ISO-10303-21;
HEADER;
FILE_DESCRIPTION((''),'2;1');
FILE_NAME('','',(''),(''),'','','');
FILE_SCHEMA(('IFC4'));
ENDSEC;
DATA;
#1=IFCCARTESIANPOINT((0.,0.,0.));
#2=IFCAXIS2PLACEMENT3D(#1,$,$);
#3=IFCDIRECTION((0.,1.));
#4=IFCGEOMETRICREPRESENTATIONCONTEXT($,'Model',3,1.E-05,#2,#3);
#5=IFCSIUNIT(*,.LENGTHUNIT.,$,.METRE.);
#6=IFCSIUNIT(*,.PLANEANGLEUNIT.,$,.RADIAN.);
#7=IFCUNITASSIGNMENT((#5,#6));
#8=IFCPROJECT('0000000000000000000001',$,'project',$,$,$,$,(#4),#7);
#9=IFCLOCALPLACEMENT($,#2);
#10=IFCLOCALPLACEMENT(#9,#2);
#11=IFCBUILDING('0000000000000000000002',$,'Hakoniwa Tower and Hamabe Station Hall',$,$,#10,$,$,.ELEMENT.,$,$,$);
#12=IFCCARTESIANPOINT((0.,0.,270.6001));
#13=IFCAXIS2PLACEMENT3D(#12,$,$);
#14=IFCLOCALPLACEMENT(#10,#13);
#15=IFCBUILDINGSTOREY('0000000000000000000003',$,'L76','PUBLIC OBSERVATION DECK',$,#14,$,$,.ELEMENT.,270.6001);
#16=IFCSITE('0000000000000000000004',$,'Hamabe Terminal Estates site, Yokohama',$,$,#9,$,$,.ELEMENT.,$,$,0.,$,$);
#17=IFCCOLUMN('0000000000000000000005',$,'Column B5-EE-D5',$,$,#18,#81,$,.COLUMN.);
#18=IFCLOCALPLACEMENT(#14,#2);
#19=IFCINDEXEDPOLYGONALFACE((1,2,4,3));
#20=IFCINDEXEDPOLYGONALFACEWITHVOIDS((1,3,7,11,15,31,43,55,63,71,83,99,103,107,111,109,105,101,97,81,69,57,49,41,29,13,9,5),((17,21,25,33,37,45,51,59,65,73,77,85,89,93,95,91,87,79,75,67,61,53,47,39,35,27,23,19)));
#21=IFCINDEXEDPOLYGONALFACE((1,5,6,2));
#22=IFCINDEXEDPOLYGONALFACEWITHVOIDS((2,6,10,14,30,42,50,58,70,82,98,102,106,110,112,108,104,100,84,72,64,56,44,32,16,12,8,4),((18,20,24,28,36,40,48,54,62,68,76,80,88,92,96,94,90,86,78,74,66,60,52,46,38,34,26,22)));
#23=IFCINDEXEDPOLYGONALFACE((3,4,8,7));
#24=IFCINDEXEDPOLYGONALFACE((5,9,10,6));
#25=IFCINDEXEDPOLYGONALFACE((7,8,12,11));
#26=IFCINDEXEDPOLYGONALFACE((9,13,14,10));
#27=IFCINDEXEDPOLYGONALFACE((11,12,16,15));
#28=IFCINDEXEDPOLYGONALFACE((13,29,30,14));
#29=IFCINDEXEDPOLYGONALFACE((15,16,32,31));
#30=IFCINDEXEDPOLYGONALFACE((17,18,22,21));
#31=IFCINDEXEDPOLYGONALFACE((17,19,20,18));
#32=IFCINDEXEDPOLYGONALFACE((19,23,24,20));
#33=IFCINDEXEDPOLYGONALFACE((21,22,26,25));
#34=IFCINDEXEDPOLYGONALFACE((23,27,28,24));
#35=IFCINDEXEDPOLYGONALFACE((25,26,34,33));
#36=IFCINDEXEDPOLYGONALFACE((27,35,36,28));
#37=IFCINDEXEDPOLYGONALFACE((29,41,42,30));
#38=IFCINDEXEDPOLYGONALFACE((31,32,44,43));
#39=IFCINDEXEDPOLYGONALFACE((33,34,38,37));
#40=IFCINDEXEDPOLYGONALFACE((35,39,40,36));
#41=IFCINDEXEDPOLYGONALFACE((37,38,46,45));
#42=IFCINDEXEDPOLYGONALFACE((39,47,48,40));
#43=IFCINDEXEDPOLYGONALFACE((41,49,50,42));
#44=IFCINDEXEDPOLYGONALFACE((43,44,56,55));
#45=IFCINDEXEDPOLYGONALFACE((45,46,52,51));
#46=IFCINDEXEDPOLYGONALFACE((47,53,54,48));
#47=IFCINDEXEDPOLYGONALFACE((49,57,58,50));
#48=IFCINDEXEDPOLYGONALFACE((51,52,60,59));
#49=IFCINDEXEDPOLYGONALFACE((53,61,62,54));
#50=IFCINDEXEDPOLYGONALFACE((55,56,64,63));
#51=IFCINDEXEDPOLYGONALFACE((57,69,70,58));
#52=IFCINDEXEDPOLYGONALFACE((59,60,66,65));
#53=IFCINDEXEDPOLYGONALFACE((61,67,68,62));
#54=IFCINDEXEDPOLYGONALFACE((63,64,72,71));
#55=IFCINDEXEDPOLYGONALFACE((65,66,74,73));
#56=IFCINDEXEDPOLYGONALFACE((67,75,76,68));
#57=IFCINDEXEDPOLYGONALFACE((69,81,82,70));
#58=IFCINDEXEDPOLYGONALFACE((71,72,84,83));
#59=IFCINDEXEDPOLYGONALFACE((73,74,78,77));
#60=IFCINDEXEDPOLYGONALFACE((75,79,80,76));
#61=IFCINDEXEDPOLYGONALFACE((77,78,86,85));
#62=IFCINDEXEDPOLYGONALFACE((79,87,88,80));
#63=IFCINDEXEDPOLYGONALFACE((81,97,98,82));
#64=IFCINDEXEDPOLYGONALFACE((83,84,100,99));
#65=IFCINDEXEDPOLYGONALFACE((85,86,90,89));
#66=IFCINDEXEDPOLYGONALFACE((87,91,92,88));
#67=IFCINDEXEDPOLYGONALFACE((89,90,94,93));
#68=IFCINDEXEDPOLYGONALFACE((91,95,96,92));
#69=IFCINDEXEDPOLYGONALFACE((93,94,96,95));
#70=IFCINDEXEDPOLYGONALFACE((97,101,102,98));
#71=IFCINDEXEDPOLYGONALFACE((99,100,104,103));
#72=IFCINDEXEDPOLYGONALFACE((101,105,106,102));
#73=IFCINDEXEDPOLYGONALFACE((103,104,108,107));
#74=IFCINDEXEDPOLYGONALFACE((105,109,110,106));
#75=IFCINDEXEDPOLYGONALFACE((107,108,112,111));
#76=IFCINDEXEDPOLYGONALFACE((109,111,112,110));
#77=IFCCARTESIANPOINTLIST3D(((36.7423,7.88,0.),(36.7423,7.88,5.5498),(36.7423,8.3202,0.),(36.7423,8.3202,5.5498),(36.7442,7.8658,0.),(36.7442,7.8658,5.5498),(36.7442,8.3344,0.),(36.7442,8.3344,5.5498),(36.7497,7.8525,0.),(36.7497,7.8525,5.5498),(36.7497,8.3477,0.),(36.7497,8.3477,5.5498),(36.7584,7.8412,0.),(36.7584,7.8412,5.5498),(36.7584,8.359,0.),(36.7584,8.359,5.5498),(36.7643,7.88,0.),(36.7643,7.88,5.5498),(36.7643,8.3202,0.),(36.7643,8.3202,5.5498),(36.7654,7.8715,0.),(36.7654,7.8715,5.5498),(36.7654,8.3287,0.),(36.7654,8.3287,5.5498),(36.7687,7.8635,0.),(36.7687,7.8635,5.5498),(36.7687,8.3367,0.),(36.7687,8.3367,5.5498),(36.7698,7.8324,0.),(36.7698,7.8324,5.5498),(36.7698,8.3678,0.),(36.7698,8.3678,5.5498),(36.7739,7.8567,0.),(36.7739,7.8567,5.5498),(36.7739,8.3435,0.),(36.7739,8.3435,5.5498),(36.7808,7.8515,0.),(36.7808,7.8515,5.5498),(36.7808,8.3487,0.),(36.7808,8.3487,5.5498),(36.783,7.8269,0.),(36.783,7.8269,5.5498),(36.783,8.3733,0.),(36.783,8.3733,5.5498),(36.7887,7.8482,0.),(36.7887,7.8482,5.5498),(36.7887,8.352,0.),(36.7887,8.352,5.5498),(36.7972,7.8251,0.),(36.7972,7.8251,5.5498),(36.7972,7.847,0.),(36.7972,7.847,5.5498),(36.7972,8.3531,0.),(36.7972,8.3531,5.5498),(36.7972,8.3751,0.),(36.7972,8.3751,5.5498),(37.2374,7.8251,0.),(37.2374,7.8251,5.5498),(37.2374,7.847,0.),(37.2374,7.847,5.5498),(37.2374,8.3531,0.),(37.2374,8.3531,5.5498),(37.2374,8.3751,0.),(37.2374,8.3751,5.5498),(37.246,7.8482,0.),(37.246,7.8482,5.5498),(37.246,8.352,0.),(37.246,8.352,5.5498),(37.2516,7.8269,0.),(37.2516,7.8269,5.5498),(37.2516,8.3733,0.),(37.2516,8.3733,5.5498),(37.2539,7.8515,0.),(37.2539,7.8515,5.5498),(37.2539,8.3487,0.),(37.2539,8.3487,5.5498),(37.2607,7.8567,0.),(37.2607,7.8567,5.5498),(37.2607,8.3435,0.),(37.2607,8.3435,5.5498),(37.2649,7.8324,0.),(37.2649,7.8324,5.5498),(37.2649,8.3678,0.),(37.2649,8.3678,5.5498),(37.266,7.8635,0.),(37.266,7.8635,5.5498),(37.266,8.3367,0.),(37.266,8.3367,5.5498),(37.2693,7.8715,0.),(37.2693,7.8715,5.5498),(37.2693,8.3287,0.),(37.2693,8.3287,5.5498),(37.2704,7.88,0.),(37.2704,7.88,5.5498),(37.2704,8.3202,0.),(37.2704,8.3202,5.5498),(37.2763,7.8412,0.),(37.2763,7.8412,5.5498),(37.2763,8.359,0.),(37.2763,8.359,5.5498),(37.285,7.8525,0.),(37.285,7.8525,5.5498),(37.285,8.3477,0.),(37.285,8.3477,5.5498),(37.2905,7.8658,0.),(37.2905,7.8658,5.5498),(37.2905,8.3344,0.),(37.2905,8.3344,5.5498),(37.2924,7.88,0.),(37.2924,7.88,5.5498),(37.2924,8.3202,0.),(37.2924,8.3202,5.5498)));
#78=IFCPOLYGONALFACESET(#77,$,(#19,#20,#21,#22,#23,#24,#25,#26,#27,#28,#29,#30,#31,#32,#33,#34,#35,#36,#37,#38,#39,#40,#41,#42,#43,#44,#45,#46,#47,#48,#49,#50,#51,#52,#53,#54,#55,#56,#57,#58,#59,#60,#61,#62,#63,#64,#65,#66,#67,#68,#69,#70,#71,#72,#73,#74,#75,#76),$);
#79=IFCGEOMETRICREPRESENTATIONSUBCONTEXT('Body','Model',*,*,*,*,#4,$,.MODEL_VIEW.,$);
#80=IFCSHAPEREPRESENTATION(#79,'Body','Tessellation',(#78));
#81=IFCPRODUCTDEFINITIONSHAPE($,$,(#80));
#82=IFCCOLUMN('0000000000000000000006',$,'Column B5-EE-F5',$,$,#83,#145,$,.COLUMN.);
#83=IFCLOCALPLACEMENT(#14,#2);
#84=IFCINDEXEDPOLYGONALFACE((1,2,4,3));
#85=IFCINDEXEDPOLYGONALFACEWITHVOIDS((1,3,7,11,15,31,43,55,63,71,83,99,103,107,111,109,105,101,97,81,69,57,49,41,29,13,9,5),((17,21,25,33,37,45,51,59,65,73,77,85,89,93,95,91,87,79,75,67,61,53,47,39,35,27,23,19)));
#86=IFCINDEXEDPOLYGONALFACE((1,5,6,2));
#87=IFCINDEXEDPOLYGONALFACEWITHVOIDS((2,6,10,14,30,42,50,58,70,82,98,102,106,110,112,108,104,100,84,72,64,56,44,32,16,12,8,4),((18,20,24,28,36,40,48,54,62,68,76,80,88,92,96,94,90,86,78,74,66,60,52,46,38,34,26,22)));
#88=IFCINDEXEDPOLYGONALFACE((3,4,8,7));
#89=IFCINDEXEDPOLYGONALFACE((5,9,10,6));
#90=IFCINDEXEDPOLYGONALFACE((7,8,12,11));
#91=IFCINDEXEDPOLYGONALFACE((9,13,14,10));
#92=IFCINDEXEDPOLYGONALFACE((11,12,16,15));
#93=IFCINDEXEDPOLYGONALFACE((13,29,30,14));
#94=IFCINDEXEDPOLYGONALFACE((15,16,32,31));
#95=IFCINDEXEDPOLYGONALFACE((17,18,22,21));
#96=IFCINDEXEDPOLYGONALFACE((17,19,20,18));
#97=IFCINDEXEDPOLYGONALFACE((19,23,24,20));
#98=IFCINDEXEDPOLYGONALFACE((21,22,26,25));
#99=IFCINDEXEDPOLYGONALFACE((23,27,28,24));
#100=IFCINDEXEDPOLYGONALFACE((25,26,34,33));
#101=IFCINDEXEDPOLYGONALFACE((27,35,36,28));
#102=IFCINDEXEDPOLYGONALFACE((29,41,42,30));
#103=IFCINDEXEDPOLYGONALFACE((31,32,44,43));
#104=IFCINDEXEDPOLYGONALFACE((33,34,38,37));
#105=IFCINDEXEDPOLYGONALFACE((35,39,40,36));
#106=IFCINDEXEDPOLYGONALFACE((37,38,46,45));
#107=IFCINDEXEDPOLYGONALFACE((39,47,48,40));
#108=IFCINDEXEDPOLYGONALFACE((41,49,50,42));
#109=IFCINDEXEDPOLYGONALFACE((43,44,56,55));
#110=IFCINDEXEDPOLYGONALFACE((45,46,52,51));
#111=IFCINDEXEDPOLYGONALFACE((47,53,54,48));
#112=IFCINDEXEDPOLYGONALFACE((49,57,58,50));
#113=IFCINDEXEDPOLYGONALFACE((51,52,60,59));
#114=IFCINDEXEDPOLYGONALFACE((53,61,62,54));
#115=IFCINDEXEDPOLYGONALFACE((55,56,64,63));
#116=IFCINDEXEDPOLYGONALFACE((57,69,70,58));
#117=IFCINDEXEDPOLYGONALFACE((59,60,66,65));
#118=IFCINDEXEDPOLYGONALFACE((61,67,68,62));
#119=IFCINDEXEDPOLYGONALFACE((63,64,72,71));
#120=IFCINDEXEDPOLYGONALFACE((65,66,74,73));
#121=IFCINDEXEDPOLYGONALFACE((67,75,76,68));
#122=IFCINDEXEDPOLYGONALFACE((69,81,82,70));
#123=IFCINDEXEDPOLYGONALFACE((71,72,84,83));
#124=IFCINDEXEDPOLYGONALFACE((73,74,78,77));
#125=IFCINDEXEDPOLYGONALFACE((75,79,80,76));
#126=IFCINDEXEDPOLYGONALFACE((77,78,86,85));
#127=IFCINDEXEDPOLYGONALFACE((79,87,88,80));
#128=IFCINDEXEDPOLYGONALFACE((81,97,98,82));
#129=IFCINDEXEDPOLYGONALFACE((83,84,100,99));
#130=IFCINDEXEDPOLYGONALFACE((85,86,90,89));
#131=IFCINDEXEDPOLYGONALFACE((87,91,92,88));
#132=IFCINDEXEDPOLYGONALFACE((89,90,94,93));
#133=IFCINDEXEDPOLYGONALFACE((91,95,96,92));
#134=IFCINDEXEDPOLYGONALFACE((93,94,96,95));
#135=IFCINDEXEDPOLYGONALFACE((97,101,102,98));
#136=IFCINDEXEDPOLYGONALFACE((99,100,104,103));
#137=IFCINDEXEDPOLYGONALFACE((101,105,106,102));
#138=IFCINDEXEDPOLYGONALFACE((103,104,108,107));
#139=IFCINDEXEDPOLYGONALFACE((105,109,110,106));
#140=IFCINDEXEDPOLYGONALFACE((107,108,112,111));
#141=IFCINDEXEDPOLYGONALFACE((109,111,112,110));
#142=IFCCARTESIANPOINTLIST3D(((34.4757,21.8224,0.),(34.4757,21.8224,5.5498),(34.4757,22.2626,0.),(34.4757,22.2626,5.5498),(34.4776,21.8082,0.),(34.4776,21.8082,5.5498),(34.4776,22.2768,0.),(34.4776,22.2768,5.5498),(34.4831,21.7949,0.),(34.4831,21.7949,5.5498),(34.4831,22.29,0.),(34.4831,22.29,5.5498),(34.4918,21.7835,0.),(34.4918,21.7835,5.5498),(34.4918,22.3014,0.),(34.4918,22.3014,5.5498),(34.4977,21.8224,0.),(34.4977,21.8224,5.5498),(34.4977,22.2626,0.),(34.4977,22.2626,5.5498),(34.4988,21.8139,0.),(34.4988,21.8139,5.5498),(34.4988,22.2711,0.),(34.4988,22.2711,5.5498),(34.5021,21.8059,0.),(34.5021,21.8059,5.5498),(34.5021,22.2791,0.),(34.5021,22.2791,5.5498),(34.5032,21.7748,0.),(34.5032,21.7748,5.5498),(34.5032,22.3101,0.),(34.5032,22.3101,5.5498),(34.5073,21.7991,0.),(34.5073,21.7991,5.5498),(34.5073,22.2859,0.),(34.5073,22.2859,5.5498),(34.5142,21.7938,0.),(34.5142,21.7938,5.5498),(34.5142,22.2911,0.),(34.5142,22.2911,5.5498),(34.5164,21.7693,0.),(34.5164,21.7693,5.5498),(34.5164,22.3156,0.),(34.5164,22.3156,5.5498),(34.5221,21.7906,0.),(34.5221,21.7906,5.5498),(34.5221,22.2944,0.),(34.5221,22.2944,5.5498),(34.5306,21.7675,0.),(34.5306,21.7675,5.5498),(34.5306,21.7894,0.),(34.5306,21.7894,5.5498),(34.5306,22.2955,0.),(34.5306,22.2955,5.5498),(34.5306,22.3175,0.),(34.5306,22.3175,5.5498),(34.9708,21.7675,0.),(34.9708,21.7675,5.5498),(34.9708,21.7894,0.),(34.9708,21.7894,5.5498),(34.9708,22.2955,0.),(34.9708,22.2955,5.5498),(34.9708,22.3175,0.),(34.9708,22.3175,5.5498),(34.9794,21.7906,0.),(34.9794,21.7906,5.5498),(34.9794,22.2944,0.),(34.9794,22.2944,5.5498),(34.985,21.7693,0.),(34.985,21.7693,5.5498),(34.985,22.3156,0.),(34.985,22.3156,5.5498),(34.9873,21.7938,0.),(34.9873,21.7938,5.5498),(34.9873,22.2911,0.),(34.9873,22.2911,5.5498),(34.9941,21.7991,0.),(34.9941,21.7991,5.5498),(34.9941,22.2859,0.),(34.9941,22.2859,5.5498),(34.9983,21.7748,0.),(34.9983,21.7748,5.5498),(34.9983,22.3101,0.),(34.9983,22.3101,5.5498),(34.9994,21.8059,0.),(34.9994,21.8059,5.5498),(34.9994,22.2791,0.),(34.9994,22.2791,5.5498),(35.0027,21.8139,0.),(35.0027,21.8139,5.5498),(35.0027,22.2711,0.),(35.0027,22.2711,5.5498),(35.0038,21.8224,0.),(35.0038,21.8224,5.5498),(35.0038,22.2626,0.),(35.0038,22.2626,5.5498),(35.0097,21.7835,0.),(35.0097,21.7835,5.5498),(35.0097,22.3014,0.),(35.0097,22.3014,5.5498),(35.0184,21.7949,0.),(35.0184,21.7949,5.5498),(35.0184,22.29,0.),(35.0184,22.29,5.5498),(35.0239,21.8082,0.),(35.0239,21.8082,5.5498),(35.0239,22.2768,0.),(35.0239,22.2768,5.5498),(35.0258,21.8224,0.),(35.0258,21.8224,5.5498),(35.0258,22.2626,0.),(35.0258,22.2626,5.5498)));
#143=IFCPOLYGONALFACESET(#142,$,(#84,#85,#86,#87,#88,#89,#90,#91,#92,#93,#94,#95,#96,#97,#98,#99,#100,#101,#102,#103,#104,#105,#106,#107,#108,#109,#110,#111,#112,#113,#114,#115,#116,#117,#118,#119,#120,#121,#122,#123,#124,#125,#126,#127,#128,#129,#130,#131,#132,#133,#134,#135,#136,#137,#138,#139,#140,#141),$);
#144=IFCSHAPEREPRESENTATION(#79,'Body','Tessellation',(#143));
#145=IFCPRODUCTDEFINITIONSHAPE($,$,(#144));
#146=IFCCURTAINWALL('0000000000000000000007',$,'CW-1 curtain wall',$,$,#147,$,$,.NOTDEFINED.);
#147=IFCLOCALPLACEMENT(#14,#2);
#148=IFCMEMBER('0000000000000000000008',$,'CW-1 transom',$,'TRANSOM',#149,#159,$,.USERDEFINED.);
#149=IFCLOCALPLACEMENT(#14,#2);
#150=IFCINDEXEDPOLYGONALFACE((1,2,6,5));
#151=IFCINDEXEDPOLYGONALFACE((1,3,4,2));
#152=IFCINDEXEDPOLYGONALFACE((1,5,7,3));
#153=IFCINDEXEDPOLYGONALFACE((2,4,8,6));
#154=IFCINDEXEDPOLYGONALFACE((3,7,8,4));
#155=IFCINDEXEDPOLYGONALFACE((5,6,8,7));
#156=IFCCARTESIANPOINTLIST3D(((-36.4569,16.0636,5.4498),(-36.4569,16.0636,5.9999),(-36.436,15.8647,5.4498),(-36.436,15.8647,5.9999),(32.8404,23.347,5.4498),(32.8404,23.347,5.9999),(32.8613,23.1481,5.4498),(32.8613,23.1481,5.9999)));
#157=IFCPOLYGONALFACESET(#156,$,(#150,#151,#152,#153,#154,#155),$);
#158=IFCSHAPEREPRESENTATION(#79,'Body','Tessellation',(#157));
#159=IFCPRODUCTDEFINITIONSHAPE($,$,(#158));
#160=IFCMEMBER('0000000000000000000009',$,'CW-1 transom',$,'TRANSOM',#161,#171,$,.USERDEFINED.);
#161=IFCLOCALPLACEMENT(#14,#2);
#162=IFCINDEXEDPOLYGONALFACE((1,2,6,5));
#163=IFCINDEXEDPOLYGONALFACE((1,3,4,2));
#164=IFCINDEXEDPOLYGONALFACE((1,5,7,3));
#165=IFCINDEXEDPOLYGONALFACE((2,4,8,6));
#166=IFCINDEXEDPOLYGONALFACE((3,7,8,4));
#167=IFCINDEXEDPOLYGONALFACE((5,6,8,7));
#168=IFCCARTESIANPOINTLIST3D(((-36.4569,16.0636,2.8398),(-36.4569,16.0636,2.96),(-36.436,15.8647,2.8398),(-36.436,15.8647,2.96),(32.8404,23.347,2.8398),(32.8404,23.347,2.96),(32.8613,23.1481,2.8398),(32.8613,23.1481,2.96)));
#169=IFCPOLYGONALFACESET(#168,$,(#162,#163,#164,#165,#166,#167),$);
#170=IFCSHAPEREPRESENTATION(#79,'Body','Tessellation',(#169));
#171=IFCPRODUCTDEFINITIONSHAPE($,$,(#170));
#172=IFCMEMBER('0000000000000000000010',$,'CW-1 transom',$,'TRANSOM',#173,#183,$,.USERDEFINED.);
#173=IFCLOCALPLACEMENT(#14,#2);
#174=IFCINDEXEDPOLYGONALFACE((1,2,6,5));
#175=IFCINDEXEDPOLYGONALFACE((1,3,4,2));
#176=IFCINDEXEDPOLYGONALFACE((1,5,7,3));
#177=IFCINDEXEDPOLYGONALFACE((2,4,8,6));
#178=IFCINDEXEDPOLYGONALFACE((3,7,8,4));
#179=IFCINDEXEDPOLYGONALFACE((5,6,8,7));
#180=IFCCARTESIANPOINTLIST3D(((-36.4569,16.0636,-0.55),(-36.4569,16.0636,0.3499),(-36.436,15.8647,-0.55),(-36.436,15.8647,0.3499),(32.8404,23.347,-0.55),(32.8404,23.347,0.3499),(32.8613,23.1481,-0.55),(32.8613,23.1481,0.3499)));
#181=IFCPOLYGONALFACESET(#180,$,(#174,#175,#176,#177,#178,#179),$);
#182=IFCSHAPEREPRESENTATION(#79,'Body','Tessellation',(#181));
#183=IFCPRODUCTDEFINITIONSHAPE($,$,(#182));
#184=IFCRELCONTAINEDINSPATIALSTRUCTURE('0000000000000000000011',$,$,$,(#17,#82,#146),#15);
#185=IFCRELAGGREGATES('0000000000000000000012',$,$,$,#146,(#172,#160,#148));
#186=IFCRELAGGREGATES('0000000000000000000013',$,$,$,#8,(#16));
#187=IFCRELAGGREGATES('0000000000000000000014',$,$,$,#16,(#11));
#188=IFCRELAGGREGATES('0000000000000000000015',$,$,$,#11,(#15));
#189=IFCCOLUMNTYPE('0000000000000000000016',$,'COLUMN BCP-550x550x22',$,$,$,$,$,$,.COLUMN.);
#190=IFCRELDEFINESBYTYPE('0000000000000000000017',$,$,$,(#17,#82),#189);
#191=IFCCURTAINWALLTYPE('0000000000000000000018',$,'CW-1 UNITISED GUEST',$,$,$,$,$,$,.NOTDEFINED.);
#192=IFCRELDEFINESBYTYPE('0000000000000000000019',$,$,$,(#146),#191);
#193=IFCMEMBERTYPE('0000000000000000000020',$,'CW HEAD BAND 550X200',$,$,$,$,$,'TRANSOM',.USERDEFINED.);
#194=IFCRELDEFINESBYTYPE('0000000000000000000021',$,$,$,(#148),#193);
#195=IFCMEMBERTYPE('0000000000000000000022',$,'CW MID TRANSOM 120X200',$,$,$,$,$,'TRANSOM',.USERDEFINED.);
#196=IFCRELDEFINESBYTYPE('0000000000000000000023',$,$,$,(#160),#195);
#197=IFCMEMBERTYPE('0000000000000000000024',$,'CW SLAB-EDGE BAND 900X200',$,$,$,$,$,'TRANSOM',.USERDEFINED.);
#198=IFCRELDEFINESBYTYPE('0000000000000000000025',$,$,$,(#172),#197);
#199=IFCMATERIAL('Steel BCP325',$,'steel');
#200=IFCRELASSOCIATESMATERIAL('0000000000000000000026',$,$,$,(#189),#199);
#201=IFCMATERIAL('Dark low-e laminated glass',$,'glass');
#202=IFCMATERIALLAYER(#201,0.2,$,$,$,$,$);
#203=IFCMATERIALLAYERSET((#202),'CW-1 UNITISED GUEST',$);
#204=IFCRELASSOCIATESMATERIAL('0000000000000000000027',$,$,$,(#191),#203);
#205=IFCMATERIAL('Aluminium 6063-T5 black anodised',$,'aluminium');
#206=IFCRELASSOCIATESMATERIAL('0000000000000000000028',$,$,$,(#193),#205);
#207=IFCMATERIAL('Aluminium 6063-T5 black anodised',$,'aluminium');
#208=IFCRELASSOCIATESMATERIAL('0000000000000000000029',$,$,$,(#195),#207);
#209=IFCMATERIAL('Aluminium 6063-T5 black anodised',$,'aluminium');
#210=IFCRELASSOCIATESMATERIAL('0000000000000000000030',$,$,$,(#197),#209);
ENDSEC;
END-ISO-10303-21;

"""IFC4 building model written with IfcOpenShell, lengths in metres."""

from ifc_helpers import new_model, si_unit, direction, frame, origin, origin_2d, place, context, subcontext, project, spatial, rectangle, hollow_rectangle, extrude, material, layer, layer_set, material_profile, profile_set, type_object, element, aggregate, save


model = new_model("IFC4")

# Units and contexts
model_context = context("Model", 3, precision=1e-05, world=origin(), true_north=direction((0.0, 1.0)))
body_context = subcontext(model_context, "Body", "Model", "MODEL_VIEW")
ifc_project = project(units=[si_unit("LENGTHUNIT", "METRE"), si_unit("PLANEANGLEUNIT", "RADIAN")], contexts=[model_context])

# Site, building, storey
site_placement = place(None, origin())
site = spatial("IfcSite", under=ifc_project, at=site_placement, Name="Hamabe Terminal Estates site, Yokohama", CompositionType="ELEMENT", RefElevation=0.0)
building_placement = place(site_placement, origin())
building = spatial("IfcBuilding", under=site, at=building_placement, Name="Hakoniwa Tower and Hamabe Station Hall", CompositionType="ELEMENT")
storey_placement = place(building_placement, frame((0.0, 0.0, 270.6001)))
storey = spatial("IfcBuildingStorey", under=building, at=storey_placement, Name="L76", Description="PUBLIC OBSERVATION DECK", CompositionType="ELEMENT", Elevation=270.6001)

# Columns
ifc_material_1 = material(Name="Steel BCP325", Category="steel")
ifc_material_profile_1 = material_profile(ifc_material_1, hollow_rectangle(XDim=0.55, YDim=0.55, WallThickness=0.022, InnerFilletRadius=0.033, OuterFilletRadius=0.0549, at=origin_2d()), Name="BCP-550x550x22")
ifc_profile_set_1 = profile_set([ifc_material_profile_1], Name="Steel BCP325")
column_type = type_object("IfcColumnType", Name="COLUMN BCP-550x550x22", PredefinedType="COLUMN", material=ifc_profile_set_1)
for number, where, z_axis, x_axis, name in (
    (1, (37.0173, 8.1001, 0.0), (0.0, 0.0, 1.0), (1.0, 0.0, 0.0), "Column B5-EE-D5"),
    (2, (34.7507, 22.0425, 0.0), (0.0, 0.0, 1.0), (1.0, 0.0, 0.0), "Column B5-EE-F5"),
):
    element("IfcColumn", number, at=place(storey_placement, frame(where, z_axis=z_axis, x_axis=x_axis)), inside=storey, type_object=column_type, Name=name, PredefinedType="COLUMN", context=body_context, shape_type="SweptSolid", body=[
        extrude(hollow_rectangle(XDim=0.55, YDim=0.55, WallThickness=0.022, InnerFilletRadius=0.033, OuterFilletRadius=0.0549, at=origin_2d()), origin(), (0.0, 0.0, 1.0), 5.5498),
    ])

# Curtain wall, members
ifc_material_2 = material(Name="Dark low-e laminated glass", Category="glass")
ifc_layer_1 = layer(ifc_material_2, 0.2)
ifc_layer_set_1 = layer_set([ifc_layer_1], Name="CW-1 UNITISED GUEST")
curtain_wall_type = type_object("IfcCurtainWallType", Name="CW-1 UNITISED GUEST", PredefinedType="NOTDEFINED", material=ifc_layer_set_1)
curtain_wall_1_placement = place(storey_placement, origin())
curtain_wall_1 = element("IfcCurtainWall", 3, at=curtain_wall_1_placement, inside=storey, type_object=curtain_wall_type, Name="CW-1 curtain wall", PredefinedType="NOTDEFINED")
ifc_material_3 = material(Name="Aluminium 6063-T5 black anodised", Category="aluminium")
ifc_material_profile_2 = material_profile(ifc_material_3, rectangle(XDim=0.2, YDim=0.55, at=origin_2d()), Name="CW HEAD BAND 550X200")
ifc_profile_set_2 = profile_set([ifc_material_profile_2], Name="Aluminium 6063-T5 black anodised")
member_type_1 = type_object("IfcMemberType", Name="CW HEAD BAND 550X200", ElementType="TRANSOM", PredefinedType="USERDEFINED", material=ifc_profile_set_2)
member_1_placement = place(storey_placement, frame((32.8508, 23.2476, 5.7249), z_axis=(-0.994522, -0.104528, 0.0), x_axis=(0.104528, -0.994522, 0.0)))
member_1 = element("IfcMember", 4, at=member_1_placement, type_object=member_type_1, Name="CW-1 transom", ObjectType="TRANSOM", PredefinedType="USERDEFINED", context=body_context, shape_type="SweptSolid", body=[
    extrude(rectangle(XDim=0.2, YDim=0.55, at=origin_2d()), origin(), (0.0, 0.0, 1.0), 69.679),
])
ifc_material_4 = material(Name="Aluminium 6063-T5 black anodised", Category="aluminium")
ifc_material_profile_3 = material_profile(ifc_material_4, rectangle(XDim=0.2, YDim=0.1201, at=origin_2d()), Name="CW MID TRANSOM 120X200")
ifc_profile_set_3 = profile_set([ifc_material_profile_3], Name="Aluminium 6063-T5 black anodised")
member_type_2 = type_object("IfcMemberType", Name="CW MID TRANSOM 120X200", ElementType="TRANSOM", PredefinedType="USERDEFINED", material=ifc_profile_set_3)
member_2_placement = place(storey_placement, frame((32.8508, 23.2476, 2.8999), z_axis=(-0.994522, -0.104528, 0.0), x_axis=(0.104528, -0.994522, 0.0)))
member_2 = element("IfcMember", 5, at=member_2_placement, type_object=member_type_2, Name="CW-1 transom", ObjectType="TRANSOM", PredefinedType="USERDEFINED", context=body_context, shape_type="SweptSolid", body=[
    extrude(rectangle(XDim=0.2, YDim=0.1201, at=origin_2d()), origin(), (0.0, 0.0, 1.0), 69.679),
])
ifc_material_5 = material(Name="Aluminium 6063-T5 black anodised", Category="aluminium")
ifc_material_profile_4 = material_profile(ifc_material_5, rectangle(XDim=0.2, YDim=0.8999, at=origin_2d()), Name="CW SLAB-EDGE BAND 900X200")
ifc_profile_set_4 = profile_set([ifc_material_profile_4], Name="Aluminium 6063-T5 black anodised")
member_type_3 = type_object("IfcMemberType", Name="CW SLAB-EDGE BAND 900X200", ElementType="TRANSOM", PredefinedType="USERDEFINED", material=ifc_profile_set_4)
member_3_placement = place(storey_placement, frame((32.8508, 23.2476, -0.1001), z_axis=(-0.994522, -0.104528, 0.0), x_axis=(0.104528, -0.994522, 0.0)))
member_3 = element("IfcMember", 6, at=member_3_placement, type_object=member_type_3, Name="CW-1 transom", ObjectType="TRANSOM", PredefinedType="USERDEFINED", context=body_context, shape_type="SweptSolid", body=[
    extrude(rectangle(XDim=0.2, YDim=0.8999, at=origin_2d()), origin(), (0.0, 0.0, 1.0), 69.679),
])

aggregate(curtain_wall_1, [member_3, member_2, member_1])

save(model, "model.ifc")
